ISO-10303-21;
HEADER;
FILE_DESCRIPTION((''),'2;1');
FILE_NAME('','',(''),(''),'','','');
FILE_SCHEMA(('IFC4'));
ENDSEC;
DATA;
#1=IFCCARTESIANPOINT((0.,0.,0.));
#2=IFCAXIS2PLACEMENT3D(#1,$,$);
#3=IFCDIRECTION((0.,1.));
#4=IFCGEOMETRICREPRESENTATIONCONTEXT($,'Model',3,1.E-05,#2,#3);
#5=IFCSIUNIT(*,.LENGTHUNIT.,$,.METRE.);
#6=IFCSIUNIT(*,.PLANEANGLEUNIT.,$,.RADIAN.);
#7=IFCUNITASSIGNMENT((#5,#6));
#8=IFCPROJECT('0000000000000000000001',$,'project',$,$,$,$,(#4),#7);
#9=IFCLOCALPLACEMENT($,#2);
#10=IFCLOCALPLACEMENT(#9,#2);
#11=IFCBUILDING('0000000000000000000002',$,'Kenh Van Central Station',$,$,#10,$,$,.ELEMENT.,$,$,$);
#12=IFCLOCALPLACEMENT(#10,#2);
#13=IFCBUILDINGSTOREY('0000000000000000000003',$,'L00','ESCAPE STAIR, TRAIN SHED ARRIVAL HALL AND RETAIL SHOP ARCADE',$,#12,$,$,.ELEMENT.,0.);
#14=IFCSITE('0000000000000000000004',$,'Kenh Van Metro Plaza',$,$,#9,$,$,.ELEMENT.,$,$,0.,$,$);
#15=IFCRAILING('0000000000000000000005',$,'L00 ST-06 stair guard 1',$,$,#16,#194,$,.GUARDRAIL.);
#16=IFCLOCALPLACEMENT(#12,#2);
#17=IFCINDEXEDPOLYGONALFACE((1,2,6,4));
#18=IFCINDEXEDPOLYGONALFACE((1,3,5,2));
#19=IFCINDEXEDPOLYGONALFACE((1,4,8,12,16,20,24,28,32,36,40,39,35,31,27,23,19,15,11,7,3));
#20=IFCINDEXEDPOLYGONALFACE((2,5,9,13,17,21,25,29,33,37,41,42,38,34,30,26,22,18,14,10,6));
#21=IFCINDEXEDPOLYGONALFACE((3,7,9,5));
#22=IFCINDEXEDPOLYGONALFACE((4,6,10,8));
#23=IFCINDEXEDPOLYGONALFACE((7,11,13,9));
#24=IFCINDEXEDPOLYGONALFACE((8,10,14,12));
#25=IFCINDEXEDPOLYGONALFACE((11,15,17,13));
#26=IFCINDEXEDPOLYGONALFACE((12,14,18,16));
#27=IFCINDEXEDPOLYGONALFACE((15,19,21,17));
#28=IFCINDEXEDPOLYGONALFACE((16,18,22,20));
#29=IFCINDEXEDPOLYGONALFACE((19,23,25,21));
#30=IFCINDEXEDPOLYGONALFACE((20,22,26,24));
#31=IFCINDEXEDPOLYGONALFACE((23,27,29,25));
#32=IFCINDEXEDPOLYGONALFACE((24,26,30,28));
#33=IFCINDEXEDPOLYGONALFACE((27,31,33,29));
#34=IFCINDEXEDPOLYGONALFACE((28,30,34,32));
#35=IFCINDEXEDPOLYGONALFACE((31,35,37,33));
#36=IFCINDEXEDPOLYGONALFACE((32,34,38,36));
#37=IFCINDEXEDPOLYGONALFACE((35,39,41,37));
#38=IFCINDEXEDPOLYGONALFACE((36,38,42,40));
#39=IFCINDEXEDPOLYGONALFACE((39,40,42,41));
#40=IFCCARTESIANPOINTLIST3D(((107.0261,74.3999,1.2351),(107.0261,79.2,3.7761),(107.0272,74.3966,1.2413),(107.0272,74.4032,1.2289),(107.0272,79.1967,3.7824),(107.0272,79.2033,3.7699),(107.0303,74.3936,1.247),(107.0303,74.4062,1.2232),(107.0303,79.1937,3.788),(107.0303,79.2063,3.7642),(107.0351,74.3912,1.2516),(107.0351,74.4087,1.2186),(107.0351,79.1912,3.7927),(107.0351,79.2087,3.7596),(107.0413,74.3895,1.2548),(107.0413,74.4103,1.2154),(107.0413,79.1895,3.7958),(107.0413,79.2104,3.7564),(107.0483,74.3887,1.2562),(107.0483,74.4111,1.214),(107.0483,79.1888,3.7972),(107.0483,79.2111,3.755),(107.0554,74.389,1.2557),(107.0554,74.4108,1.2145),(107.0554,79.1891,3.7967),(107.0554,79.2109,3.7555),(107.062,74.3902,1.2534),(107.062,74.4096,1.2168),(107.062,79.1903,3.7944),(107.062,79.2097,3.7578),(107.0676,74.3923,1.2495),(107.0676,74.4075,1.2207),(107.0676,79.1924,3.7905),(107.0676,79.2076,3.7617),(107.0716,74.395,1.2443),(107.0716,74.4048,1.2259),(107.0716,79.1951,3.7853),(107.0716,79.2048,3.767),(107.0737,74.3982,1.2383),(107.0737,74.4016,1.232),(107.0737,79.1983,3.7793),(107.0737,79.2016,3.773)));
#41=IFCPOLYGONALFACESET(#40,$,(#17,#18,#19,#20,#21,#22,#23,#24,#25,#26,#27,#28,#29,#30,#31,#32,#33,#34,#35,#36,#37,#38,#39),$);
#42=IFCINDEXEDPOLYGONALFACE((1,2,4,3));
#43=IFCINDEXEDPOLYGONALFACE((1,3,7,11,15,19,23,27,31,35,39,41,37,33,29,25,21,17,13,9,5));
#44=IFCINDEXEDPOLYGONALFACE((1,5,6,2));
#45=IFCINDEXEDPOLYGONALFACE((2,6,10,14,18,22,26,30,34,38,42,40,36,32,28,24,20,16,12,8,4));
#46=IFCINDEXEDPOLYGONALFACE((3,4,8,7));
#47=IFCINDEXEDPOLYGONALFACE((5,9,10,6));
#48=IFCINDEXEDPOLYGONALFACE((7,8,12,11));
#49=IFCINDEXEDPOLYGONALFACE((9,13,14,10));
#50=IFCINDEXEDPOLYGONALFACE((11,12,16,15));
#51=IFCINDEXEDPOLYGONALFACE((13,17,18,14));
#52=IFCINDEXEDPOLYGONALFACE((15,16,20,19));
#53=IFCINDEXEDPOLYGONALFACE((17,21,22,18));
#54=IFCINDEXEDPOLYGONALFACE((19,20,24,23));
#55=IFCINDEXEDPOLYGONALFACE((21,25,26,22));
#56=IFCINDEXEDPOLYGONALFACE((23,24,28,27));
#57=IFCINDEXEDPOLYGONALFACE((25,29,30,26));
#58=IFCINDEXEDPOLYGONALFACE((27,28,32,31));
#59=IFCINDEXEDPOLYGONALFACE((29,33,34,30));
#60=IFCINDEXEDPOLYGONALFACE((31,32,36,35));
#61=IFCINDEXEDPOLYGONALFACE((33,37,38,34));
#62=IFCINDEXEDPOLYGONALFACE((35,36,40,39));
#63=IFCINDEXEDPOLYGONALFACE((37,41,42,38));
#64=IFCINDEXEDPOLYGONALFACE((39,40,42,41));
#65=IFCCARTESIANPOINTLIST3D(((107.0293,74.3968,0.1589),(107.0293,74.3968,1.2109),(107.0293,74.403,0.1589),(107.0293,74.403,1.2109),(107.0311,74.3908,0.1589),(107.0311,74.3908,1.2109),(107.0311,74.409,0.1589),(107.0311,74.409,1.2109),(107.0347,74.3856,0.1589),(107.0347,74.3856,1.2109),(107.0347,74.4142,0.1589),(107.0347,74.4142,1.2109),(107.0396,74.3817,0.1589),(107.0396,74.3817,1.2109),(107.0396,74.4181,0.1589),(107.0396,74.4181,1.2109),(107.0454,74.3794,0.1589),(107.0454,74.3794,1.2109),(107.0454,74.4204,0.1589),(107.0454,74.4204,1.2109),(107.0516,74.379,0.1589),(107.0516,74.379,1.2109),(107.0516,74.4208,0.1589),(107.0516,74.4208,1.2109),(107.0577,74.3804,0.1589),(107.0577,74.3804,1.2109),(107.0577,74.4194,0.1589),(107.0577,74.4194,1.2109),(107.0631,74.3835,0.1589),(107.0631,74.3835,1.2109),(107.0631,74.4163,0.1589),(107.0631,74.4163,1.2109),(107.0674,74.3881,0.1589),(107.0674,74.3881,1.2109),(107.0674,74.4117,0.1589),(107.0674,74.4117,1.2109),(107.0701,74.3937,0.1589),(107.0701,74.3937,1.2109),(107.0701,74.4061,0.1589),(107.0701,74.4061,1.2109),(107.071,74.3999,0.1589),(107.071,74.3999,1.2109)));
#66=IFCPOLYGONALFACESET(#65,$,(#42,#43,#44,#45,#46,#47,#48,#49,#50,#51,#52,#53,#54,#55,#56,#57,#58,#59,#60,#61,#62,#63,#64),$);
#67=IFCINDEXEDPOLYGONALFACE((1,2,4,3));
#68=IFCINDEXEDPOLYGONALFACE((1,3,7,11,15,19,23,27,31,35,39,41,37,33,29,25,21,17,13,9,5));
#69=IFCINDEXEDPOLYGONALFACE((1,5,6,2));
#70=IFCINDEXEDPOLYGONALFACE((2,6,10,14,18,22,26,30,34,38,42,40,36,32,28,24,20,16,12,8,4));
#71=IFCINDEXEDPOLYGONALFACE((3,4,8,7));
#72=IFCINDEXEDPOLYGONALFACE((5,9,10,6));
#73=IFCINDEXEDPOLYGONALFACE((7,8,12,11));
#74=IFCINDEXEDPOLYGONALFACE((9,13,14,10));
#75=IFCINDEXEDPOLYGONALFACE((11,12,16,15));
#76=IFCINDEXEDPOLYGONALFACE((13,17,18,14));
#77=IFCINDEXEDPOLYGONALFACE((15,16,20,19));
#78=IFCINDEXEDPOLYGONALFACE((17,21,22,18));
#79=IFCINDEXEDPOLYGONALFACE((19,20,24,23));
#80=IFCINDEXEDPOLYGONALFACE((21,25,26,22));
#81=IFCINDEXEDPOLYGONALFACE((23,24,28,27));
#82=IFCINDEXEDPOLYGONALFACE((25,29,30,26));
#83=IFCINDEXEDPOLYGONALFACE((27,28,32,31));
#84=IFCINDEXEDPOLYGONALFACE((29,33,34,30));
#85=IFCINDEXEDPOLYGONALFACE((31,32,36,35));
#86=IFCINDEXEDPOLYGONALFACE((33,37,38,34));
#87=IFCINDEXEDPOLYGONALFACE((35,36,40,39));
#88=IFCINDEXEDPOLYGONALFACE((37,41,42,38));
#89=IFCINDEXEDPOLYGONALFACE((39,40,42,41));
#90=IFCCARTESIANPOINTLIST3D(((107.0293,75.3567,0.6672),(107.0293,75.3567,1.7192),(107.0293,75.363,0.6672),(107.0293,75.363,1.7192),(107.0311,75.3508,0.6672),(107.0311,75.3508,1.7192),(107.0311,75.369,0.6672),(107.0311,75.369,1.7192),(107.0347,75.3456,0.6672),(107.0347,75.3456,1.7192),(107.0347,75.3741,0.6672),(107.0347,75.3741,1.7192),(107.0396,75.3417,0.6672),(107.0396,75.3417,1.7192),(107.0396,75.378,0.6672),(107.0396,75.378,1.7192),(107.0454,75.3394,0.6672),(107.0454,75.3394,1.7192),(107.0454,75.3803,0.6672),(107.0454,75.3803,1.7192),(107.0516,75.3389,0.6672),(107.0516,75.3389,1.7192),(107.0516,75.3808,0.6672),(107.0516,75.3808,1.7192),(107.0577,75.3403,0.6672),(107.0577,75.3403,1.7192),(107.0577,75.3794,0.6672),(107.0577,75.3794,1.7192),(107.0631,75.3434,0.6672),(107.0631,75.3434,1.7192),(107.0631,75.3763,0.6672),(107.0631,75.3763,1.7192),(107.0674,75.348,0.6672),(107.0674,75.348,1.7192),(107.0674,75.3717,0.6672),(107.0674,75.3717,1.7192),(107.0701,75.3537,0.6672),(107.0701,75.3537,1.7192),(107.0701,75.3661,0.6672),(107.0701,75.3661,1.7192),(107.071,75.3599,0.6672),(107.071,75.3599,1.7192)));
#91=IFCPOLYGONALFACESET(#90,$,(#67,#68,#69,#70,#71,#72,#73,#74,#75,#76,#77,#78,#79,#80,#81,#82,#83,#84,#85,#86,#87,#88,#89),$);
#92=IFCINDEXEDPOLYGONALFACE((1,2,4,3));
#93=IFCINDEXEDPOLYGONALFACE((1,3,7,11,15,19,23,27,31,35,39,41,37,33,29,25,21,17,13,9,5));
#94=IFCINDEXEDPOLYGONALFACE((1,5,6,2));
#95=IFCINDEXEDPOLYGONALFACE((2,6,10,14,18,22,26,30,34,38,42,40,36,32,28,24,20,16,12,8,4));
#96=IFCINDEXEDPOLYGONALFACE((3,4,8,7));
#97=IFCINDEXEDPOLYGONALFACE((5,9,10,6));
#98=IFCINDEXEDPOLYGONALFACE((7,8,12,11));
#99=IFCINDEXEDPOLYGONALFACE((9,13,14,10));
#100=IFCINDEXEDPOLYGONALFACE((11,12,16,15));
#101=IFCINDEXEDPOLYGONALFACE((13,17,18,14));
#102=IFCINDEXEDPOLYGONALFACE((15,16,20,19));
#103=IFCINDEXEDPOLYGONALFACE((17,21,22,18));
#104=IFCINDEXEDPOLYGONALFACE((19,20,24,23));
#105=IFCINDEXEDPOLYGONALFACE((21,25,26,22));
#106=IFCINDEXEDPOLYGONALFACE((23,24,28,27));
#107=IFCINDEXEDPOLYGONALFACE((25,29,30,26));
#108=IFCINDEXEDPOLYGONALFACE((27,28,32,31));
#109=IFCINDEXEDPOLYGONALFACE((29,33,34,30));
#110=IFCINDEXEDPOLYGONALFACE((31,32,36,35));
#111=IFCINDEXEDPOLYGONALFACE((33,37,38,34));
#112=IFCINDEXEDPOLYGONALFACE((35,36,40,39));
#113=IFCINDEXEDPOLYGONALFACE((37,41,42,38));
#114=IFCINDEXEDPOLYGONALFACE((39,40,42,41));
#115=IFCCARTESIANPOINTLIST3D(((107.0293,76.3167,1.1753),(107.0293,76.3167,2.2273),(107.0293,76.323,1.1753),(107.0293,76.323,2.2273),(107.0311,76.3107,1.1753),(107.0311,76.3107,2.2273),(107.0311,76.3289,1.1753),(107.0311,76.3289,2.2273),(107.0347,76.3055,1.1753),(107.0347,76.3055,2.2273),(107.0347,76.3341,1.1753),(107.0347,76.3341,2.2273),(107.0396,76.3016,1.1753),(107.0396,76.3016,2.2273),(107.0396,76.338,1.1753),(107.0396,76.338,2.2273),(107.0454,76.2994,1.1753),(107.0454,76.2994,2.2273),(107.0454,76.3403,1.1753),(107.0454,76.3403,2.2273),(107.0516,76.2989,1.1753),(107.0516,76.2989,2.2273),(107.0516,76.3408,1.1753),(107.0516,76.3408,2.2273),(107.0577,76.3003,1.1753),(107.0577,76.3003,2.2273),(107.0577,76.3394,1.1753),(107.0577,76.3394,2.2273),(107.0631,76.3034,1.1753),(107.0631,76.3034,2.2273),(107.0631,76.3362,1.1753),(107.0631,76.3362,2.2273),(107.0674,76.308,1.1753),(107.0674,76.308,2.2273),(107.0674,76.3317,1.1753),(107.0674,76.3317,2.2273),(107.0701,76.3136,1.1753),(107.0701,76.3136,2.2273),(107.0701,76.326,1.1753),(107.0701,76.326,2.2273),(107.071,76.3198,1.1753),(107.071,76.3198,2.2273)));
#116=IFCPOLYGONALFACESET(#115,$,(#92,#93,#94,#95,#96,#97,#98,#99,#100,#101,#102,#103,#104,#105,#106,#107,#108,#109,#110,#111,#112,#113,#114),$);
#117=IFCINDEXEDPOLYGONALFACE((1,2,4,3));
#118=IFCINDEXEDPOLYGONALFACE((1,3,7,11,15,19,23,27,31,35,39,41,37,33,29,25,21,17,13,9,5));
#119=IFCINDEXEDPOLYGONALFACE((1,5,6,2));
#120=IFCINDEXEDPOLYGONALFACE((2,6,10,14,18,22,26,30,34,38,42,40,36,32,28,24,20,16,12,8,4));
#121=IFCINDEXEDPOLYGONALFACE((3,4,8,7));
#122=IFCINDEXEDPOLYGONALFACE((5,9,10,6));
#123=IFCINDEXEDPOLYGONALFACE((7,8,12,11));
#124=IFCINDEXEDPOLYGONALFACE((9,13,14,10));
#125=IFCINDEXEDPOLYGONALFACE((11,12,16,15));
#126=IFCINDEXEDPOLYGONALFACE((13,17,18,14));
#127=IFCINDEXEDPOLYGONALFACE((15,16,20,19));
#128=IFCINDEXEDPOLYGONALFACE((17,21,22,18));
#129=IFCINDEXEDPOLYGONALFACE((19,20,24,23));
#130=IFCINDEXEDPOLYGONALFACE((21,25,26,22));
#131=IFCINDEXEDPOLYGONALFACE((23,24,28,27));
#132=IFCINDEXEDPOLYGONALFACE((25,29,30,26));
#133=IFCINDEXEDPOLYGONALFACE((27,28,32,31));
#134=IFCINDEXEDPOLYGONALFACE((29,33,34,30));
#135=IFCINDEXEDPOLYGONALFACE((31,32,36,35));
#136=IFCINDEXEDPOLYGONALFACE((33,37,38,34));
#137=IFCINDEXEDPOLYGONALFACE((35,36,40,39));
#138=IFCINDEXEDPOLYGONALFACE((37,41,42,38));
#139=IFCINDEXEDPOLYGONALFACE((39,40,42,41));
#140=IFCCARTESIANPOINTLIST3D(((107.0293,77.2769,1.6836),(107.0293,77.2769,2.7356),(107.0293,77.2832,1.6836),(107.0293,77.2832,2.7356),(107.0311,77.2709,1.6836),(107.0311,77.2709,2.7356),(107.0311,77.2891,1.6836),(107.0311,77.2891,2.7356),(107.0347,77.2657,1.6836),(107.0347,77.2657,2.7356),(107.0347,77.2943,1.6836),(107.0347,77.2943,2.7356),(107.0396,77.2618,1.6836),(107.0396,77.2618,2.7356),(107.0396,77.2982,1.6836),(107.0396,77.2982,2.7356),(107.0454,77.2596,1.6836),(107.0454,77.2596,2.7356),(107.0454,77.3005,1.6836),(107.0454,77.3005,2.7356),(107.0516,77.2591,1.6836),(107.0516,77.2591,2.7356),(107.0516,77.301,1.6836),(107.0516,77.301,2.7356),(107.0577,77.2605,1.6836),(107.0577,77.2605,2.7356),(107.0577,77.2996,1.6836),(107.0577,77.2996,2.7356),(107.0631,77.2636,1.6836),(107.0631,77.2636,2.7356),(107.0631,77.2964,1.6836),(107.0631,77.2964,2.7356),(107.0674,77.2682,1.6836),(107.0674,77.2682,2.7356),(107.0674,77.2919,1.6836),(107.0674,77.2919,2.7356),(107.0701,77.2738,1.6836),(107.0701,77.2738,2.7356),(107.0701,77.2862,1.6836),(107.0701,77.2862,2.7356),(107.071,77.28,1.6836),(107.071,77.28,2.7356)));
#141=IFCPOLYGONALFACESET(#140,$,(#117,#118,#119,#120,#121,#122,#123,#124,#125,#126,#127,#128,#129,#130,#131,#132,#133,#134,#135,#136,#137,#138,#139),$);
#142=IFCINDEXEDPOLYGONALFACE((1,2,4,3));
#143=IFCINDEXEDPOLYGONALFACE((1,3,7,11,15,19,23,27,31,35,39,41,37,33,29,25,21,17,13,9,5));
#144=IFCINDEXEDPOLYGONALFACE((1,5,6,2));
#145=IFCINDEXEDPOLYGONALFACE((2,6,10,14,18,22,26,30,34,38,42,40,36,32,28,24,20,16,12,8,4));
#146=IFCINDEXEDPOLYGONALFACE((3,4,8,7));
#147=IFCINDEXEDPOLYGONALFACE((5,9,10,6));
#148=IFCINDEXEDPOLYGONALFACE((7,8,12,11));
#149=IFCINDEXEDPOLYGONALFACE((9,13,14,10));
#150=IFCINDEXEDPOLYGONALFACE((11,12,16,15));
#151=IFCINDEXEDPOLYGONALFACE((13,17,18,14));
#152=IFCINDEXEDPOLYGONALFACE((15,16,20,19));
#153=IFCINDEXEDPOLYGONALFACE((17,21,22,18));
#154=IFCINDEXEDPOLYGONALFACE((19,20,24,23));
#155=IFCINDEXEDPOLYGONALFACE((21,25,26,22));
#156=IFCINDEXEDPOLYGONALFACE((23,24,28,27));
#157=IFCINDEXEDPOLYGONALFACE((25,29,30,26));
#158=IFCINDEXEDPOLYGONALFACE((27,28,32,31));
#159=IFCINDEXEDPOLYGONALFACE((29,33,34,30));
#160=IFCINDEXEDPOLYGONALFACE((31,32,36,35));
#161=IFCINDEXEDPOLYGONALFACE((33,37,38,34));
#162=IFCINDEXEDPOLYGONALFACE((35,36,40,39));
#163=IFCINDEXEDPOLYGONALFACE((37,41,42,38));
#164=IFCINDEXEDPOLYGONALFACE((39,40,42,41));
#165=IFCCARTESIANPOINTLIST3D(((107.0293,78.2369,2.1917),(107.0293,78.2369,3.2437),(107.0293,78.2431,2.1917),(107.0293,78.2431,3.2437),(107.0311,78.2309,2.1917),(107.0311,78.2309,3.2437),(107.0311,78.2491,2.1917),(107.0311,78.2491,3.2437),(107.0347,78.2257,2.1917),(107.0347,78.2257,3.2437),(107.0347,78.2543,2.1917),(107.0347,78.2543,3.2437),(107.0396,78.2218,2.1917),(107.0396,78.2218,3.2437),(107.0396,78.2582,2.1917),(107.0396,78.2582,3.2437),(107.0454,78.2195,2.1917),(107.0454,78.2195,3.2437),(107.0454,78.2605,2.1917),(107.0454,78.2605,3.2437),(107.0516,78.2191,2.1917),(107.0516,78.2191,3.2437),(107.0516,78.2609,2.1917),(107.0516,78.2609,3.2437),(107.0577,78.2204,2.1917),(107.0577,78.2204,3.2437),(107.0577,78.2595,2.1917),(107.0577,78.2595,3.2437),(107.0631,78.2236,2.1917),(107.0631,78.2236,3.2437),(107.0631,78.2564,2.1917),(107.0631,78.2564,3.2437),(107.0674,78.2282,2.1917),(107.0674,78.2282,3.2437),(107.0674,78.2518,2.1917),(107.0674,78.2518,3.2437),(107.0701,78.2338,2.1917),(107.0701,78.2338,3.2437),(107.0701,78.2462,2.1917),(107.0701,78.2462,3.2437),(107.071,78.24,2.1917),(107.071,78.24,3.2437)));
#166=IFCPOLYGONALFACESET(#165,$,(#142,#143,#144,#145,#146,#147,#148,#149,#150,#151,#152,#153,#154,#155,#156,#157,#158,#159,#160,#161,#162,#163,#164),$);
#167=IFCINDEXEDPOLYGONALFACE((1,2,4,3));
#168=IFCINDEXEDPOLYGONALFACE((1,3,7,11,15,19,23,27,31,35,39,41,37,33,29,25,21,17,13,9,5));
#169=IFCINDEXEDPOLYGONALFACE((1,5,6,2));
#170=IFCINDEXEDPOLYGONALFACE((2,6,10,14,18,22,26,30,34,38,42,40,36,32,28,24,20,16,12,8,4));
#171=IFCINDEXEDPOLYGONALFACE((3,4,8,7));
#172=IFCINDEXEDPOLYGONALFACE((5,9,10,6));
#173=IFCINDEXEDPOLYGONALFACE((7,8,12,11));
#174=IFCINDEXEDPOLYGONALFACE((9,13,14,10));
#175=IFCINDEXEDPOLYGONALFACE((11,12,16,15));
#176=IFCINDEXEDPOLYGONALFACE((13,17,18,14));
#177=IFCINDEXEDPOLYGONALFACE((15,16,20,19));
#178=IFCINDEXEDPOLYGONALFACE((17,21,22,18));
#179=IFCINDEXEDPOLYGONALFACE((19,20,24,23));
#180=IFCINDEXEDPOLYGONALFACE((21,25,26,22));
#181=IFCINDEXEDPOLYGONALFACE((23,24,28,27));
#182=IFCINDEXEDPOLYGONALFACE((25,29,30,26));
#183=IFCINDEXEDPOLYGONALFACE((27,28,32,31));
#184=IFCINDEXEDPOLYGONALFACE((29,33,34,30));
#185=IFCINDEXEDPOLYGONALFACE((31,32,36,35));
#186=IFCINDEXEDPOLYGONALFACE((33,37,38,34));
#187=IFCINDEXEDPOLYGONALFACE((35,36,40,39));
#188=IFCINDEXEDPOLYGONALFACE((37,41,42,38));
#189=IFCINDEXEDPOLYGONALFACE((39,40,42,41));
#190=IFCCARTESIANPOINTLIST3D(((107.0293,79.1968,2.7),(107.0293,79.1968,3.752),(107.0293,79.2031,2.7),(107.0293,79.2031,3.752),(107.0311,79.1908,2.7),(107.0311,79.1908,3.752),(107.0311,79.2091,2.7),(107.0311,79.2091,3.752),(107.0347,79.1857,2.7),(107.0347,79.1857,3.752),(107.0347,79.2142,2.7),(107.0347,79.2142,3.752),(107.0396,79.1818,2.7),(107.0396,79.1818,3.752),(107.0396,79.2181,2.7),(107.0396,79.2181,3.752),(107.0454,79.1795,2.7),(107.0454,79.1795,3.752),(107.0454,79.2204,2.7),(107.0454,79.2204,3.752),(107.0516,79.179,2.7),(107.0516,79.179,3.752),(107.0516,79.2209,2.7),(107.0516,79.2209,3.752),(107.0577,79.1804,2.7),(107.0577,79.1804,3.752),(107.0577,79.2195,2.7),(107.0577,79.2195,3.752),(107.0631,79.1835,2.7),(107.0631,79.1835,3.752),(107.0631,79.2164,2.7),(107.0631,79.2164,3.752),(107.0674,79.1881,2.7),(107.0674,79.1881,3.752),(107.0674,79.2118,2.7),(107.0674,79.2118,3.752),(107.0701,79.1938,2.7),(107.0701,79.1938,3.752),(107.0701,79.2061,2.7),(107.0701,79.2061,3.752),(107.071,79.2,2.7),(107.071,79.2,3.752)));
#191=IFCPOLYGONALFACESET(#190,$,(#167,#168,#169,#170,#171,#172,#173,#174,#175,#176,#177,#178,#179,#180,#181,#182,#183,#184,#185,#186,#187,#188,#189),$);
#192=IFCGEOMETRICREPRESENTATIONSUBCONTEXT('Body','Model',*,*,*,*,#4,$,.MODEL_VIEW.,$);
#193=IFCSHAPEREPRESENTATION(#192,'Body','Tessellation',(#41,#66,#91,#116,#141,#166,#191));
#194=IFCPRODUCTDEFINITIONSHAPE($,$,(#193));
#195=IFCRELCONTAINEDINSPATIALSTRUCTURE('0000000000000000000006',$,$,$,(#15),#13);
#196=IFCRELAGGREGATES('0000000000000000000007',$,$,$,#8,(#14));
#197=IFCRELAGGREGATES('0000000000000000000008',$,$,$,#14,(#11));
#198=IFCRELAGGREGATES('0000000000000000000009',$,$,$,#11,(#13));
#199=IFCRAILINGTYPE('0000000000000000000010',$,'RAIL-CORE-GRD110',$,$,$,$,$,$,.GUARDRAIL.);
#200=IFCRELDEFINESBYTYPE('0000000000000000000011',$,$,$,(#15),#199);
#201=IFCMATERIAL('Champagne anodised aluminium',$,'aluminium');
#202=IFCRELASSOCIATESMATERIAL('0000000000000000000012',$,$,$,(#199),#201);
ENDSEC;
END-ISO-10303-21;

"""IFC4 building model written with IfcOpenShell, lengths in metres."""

from ifc_helpers import new_model, si_unit, direction, frame, origin, origin_2d, place, context, subcontext, project, spatial, circle, extrude, material, type_object, element, save


model = new_model("IFC4")

# Units and contexts
model_context = context("Model", 3, precision=1e-05, world=origin(), true_north=direction((0.0, 1.0)))
body_context = subcontext(model_context, "Body", "Model", "MODEL_VIEW")
ifc_project = project(units=[si_unit("LENGTHUNIT", "METRE"), si_unit("PLANEANGLEUNIT", "RADIAN")], contexts=[model_context])

# Site, building, storey
site_placement = place(None, origin())
site = spatial("IfcSite", under=ifc_project, at=site_placement, Name="Kenh Van Metro Plaza", CompositionType="ELEMENT", RefElevation=0.0)
building_placement = place(site_placement, origin())
building = spatial("IfcBuilding", under=site, at=building_placement, Name="Kenh Van Central Station", CompositionType="ELEMENT")
storey_placement = place(building_placement, origin())
storey = spatial("IfcBuildingStorey", under=building, at=storey_placement, Name="L00", Description="ESCAPE STAIR, TRAIN SHED ARRIVAL HALL AND RETAIL SHOP ARCADE", CompositionType="ELEMENT", Elevation=0.0)

# Shared definitions
ifc_material_1 = material(Name="Champagne anodised aluminium", Category="aluminium")

# Railing
railing_type_1 = type_object("IfcRailingType", Name="RAIL-CORE-GRD110", PredefinedType="GUARDRAIL", material=ifc_material_1)
railing_1_placement = place(storey_placement, frame((107.05, 74.3999, 0.1589)))
element("IfcRailing", 1, at=railing_1_placement, inside=storey, type_object=railing_type_1, Name="L00 ST-06 stair guard 1", PredefinedType="GUARDRAIL", context=body_context, shape_type="SweptSolid", body=[
    extrude(circle(Radius=0.0239, at=origin_2d()), frame((0.0, 0.0, 1.0762), z_axis=(0.0, 0.883802, 0.467861), x_axis=(-1.0, 0.0, 0.0)), (0.0, 0.0, 1.0), 5.4312),
    extrude(circle(Radius=0.021, at=origin_2d()), origin(), (0.0, 0.0, 1.0), 1.052),
    extrude(circle(Radius=0.021, at=origin_2d()), frame((0.0, 0.96, 0.5083)), (0.0, 0.0, 1.0), 1.052),
    extrude(circle(Radius=0.021, at=origin_2d()), frame((0.0, 1.9199, 1.0164)), (0.0, 0.0, 1.0), 1.052),
    extrude(circle(Radius=0.021, at=origin_2d()), frame((0.0, 2.8801, 1.5247)), (0.0, 0.0, 1.0), 1.052),
    extrude(circle(Radius=0.021, at=origin_2d()), frame((0.0, 3.8401, 2.0327)), (0.0, 0.0, 1.0), 1.052),
    extrude(circle(Radius=0.021, at=origin_2d()), frame((0.0, 4.8, 2.541)), (0.0, 0.0, 1.0), 1.052),
])

save(model, "model.ifc")
